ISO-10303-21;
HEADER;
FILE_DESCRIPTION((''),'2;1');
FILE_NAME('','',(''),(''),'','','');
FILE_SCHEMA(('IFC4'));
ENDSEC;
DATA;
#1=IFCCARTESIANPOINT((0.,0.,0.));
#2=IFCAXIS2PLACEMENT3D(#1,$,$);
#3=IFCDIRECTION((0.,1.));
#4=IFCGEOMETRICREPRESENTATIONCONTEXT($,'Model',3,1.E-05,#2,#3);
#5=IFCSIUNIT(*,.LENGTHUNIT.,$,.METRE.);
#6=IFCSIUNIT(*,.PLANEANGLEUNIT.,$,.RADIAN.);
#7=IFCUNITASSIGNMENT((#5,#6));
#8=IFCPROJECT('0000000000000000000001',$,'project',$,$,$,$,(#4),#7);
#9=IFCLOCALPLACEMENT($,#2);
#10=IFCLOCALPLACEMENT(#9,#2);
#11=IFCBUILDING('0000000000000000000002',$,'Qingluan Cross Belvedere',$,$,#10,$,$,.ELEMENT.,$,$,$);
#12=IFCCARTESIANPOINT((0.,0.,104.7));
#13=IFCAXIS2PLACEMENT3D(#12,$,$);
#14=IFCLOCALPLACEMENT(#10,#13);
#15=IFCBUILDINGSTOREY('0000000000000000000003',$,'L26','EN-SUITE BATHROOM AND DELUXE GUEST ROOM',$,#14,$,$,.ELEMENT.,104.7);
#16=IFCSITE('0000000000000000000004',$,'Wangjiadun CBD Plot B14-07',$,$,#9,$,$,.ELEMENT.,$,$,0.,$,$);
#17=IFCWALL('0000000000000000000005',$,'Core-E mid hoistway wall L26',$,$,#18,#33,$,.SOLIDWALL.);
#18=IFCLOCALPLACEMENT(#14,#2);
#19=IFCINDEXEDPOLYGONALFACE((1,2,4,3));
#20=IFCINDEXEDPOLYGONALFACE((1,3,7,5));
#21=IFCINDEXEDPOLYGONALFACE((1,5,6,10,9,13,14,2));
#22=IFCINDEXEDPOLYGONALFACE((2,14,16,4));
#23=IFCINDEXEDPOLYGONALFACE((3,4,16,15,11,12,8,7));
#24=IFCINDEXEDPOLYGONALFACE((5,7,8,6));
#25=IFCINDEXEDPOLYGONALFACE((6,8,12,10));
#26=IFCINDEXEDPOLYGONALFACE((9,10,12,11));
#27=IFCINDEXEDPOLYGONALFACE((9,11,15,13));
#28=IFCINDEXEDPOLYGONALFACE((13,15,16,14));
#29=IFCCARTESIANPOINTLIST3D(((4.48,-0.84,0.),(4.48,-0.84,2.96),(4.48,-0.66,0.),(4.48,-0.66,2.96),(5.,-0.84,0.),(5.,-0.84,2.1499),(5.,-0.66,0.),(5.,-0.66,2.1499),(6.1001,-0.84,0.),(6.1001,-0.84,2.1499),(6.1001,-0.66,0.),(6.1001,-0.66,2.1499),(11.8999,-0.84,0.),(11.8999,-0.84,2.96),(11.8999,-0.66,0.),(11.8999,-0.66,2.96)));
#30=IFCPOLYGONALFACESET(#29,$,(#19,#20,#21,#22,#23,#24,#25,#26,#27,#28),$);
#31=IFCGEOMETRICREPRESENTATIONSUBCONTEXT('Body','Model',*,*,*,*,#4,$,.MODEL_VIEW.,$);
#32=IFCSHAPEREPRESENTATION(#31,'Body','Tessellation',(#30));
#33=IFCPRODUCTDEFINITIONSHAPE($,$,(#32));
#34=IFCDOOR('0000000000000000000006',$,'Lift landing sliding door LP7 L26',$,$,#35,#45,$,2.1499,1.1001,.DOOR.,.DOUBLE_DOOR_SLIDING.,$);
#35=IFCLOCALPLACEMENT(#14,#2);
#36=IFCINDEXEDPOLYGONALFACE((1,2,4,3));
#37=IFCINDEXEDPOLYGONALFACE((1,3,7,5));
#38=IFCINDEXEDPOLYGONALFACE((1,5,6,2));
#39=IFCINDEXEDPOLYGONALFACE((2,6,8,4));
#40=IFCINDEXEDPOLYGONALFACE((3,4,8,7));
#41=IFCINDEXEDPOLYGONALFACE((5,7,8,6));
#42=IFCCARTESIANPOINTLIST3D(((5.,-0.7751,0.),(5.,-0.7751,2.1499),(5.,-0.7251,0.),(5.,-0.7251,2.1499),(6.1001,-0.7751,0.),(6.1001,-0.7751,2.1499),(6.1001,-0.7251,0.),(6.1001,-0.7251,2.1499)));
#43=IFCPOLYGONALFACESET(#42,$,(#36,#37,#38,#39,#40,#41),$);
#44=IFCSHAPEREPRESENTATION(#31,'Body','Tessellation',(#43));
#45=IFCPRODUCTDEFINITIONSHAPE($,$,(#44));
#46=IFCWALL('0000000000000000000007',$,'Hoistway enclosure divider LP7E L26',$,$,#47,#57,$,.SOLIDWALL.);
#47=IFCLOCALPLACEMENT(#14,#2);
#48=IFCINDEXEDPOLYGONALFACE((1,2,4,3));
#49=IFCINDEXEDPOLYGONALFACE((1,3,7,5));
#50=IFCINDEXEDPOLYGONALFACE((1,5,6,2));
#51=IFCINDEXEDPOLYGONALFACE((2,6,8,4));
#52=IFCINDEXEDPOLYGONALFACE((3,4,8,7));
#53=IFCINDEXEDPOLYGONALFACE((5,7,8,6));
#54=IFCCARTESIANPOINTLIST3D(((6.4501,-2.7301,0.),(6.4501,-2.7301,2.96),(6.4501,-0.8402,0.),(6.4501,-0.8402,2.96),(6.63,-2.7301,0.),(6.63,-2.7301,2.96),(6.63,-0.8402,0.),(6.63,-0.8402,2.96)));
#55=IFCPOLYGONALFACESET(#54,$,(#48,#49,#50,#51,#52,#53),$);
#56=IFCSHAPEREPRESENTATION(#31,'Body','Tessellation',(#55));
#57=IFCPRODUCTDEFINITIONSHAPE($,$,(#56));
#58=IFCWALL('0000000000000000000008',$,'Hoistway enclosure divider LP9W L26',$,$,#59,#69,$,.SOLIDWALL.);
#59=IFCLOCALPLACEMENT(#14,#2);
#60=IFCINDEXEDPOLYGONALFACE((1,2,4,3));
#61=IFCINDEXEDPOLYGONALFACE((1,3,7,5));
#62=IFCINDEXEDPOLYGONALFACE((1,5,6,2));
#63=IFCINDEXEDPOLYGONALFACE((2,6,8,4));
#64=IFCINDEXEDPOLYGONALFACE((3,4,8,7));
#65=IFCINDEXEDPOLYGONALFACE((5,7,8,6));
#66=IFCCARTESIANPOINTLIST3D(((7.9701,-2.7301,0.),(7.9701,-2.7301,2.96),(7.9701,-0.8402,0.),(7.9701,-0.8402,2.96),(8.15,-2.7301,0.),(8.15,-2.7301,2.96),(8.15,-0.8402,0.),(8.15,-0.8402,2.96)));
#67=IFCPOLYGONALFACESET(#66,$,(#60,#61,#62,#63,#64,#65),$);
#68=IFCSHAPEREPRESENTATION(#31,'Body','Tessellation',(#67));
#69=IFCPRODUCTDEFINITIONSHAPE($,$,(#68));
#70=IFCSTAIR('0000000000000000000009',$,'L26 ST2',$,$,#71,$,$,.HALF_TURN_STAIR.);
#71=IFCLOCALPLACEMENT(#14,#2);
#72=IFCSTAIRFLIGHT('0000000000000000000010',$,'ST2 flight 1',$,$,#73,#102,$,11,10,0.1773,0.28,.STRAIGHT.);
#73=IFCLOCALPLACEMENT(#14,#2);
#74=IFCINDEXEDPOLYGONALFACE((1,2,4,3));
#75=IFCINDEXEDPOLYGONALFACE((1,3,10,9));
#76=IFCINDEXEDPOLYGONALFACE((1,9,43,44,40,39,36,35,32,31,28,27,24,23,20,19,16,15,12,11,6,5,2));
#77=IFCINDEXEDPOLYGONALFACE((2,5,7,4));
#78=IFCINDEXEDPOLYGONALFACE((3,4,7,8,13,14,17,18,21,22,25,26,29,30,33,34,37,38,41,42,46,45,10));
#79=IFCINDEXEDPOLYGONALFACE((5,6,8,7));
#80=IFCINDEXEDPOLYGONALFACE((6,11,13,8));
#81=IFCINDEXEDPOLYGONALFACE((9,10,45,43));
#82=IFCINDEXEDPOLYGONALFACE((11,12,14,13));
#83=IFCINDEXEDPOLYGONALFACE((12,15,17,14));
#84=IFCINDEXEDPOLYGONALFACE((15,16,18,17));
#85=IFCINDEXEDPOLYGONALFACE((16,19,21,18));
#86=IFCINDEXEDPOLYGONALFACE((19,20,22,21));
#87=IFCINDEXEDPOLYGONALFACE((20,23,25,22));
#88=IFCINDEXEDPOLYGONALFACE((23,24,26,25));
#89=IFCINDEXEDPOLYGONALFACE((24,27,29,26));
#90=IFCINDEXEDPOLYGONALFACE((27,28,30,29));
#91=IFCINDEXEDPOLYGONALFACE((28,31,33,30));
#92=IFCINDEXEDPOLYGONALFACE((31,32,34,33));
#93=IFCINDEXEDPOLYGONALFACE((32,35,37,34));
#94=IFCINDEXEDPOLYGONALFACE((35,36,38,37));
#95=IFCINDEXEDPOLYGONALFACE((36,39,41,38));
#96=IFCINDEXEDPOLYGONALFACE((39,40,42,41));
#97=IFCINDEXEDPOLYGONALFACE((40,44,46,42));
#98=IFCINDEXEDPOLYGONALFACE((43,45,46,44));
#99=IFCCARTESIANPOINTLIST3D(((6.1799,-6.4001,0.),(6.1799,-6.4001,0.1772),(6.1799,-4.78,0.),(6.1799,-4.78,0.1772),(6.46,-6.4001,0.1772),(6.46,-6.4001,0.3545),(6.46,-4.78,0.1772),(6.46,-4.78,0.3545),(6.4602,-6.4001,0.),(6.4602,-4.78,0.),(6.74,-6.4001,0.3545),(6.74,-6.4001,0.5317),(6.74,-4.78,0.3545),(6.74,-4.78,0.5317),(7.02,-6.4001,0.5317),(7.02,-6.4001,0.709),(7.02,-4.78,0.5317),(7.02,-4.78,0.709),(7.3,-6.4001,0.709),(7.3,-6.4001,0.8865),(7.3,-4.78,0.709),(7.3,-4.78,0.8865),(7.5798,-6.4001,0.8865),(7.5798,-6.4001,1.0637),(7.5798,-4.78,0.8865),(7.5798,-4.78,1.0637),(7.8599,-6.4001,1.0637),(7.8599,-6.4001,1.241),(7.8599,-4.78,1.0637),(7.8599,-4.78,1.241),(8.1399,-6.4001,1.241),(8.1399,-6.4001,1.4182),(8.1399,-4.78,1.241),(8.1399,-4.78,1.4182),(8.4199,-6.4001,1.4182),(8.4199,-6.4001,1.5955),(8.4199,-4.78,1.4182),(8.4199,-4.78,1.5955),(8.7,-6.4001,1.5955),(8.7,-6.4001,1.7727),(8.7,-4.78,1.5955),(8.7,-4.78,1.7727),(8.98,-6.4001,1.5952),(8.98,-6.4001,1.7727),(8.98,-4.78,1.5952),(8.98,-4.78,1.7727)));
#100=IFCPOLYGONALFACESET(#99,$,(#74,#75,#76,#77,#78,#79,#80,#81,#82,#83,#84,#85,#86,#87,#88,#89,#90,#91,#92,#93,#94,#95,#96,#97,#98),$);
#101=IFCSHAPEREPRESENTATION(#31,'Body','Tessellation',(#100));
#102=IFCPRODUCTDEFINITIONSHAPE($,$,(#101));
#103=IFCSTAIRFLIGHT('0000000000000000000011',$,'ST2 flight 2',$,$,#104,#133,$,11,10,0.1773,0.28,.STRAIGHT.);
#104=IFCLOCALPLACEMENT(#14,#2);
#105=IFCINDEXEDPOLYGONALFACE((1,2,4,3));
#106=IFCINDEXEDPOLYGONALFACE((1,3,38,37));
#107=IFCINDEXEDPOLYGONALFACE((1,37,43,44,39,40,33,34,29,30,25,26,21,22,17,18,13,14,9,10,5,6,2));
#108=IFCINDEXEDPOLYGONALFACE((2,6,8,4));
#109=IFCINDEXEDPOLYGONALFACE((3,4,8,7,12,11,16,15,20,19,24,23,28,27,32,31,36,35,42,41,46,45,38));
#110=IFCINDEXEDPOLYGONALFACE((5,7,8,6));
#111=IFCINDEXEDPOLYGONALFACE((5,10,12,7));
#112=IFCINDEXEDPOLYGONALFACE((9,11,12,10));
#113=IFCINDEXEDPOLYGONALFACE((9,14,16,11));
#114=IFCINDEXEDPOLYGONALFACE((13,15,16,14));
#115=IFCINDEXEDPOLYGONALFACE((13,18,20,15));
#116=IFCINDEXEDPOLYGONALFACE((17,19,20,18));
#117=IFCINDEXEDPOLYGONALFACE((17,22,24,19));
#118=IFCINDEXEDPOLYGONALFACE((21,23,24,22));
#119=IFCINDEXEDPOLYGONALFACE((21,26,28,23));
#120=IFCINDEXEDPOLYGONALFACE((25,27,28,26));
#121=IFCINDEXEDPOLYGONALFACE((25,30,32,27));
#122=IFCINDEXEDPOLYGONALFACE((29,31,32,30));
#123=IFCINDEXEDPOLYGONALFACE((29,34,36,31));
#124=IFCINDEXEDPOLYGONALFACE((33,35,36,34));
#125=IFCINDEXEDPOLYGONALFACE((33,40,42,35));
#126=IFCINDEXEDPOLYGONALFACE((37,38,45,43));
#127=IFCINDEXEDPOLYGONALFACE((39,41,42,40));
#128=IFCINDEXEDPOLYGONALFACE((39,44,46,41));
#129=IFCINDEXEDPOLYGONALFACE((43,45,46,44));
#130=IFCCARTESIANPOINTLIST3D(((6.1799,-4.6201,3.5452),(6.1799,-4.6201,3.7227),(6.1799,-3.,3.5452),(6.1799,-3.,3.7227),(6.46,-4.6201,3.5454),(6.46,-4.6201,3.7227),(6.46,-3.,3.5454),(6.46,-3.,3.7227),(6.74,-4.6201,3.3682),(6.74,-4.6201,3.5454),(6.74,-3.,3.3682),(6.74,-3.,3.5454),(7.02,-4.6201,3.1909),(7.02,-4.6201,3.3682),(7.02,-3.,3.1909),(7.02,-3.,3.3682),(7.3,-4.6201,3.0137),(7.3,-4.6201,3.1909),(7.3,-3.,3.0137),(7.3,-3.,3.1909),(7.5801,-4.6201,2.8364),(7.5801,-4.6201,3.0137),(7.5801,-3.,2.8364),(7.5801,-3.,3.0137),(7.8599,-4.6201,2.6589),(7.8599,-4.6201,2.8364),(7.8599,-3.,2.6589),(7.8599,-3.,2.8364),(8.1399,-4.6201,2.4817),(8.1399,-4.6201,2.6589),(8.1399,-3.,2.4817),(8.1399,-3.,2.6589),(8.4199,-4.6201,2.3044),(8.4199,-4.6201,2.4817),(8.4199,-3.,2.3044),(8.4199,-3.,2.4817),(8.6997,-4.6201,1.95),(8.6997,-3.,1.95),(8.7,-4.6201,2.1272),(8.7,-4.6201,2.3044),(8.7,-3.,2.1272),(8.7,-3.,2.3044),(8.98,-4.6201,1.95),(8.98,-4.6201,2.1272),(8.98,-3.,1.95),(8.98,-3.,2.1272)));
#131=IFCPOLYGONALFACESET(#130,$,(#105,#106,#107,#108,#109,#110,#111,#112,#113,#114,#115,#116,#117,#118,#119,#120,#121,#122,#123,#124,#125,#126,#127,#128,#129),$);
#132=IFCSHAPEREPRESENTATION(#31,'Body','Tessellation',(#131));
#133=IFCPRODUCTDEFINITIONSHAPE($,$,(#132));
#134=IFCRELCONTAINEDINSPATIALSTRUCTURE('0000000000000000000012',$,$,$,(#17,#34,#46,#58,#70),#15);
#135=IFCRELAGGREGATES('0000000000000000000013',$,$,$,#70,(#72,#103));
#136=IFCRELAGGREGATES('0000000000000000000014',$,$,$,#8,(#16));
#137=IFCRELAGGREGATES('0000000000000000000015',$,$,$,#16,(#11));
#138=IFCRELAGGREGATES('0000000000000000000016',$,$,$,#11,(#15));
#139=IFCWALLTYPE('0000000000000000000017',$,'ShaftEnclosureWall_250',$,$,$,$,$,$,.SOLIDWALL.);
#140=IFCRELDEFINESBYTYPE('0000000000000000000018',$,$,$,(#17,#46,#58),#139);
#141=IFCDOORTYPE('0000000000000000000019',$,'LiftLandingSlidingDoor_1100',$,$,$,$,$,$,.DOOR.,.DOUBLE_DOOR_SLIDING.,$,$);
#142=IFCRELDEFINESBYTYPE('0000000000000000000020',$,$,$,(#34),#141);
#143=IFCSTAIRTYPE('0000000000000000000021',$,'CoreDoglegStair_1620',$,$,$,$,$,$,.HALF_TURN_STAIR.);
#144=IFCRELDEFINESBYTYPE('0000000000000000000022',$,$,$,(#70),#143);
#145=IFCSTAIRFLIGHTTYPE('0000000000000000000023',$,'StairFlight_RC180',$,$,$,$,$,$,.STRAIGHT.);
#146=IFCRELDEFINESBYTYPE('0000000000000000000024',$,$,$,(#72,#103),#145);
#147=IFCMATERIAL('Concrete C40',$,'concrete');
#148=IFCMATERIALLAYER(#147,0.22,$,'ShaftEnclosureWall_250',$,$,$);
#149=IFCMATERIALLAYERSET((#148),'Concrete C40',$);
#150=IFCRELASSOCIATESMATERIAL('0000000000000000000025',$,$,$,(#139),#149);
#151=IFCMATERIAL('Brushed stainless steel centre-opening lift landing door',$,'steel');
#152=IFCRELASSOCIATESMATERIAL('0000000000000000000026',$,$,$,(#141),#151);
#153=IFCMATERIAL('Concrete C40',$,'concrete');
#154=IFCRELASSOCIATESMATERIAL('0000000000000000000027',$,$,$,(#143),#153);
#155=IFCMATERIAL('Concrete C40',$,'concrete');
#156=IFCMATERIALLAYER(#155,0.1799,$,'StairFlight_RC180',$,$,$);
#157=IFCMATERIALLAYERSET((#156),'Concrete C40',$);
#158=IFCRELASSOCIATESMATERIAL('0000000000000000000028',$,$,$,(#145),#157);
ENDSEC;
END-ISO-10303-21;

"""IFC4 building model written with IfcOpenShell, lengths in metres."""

from ifc_helpers import new_model, si_unit, direction, frame, frame_2d, origin, place, context, subcontext, project, spatial, polyline, rectangle, outline, extrude, material, layer, layer_set, type_object, element, fill, aggregate, save


model = new_model("IFC4")

# Units and contexts
model_context = context("Model", 3, precision=1e-05, world=origin(), true_north=direction((0.0, 1.0)))
body_context = subcontext(model_context, "Body", "Model", "MODEL_VIEW")
ifc_project = project(units=[si_unit("LENGTHUNIT", "METRE"), si_unit("PLANEANGLEUNIT", "RADIAN")], contexts=[model_context])

# Site, building, storey
site_placement = place(None, origin())
site = spatial("IfcSite", under=ifc_project, at=site_placement, Name="Wangjiadun CBD Plot B14-07", CompositionType="ELEMENT", RefElevation=0.0)
building_placement = place(site_placement, origin())
building = spatial("IfcBuilding", under=site, at=building_placement, Name="Qingluan Cross Belvedere", CompositionType="ELEMENT")
storey_placement = place(building_placement, frame((0.0, 0.0, 104.7)))
storey = spatial("IfcBuildingStorey", under=building, at=storey_placement, Name="L26", Description="EN-SUITE BATHROOM AND DELUXE GUEST ROOM", CompositionType="ELEMENT", Elevation=104.7)

# Wall, opening, door
ifc_material_1 = material(Name="Concrete C40", Category="concrete")
ifc_layer_1 = layer(ifc_material_1, 0.22, Name="ShaftEnclosureWall_250")
ifc_layer_set_1 = layer_set([ifc_layer_1], Name="Concrete C40")
wall_type_1 = type_object("IfcWallType", Name="ShaftEnclosureWall_250", PredefinedType="SOLIDWALL", material=ifc_layer_set_1)
wall_1_placement = place(storey_placement, frame((4.48, -0.75, 0.0), z_axis=(0.0, 0.0, 1.0), x_axis=(1.0, 0.0, 0.0)))
wall_1 = element("IfcWall", 1, at=wall_1_placement, inside=storey, type_object=wall_type_1, Name="Core-E mid hoistway wall L26", PredefinedType="SOLIDWALL", context=body_context, shape_type="SweptSolid", body=[
    extrude(rectangle(XDim=7.4199, YDim=0.1799, at=frame_2d((3.71, 0.0))), origin(), (0.0, 0.0, 1.0), 2.96),
])
opening_1_placement = place(wall_1_placement, frame((0.52, 0.0, 0.0)))
opening_1 = element("IfcOpeningElement", 2, at=opening_1_placement, cuts=wall_1, PredefinedType="OPENING", context=body_context, shape_type="SweptSolid", body=[
    extrude(rectangle(XDim=1.1001, YDim=2.1499, at=frame_2d((0.55, 1.075))), frame((0.0, 0.0999, 0.0), z_axis=(0.0, -1.0, 0.0), x_axis=(1.0, 0.0, 0.0)), (0.0, 0.0, 1.0), 0.2),
])
ifc_material_2 = material(Name="Brushed stainless steel centre-opening lift landing door", Category="steel")
door_type_1 = type_object("IfcDoorType", Name="LiftLandingSlidingDoor_1100", OperationType="DOUBLE_DOOR_SLIDING", PredefinedType="DOOR", material=ifc_material_2)
door_1_placement = place(opening_1_placement, origin())
door_1 = element("IfcDoor", 3, at=door_1_placement, inside=storey, type_object=door_type_1, Name="Lift landing sliding door LP7 L26", OperationType="DOUBLE_DOOR_SLIDING", OverallHeight=2.1499, OverallWidth=1.1001, PredefinedType="DOOR", context=body_context, shape_type="SweptSolid", body=[
    extrude(rectangle(XDim=1.1001, YDim=2.1499, at=frame_2d((0.55, 1.075))), frame((0.0, 0.0249, 0.0), z_axis=(0.0, -1.0, 0.0), x_axis=(1.0, 0.0, 0.0)), (0.0, 0.0, 1.0), 0.05),
])
fill(opening_1, door_1)

# Walls
for number, where, z_axis, x_axis, name in (
    (4, (6.54, -2.73, 0.0), (0.0, 0.0, 1.0), (0.0, 1.0, 0.0), "Hoistway enclosure divider LP7E L26"),
    (5, (8.0601, -2.73, 0.0), (0.0, 0.0, 1.0), (0.0, 1.0, 0.0), "Hoistway enclosure divider LP9W L26"),
):
    element("IfcWall", number, at=place(storey_placement, frame(where, z_axis=z_axis, x_axis=x_axis)), inside=storey, type_object=wall_type_1, Name=name, PredefinedType="SOLIDWALL", context=body_context, shape_type="SweptSolid", body=[
        extrude(rectangle(XDim=1.8899, YDim=0.1799, at=frame_2d((0.9448, 0.0))), origin(), (0.0, 0.0, 1.0), 2.96),
    ])

# Stair, stair flights
ifc_material_3 = material(Name="Concrete C40", Category="concrete")
stair_type = type_object("IfcStairType", Name="CoreDoglegStair_1620", PredefinedType="HALF_TURN_STAIR", material=ifc_material_3)
stair_placement = place(storey_placement, origin())
stair = element("IfcStair", 6, at=stair_placement, inside=storey, type_object=stair_type, Name="L26 ST2", PredefinedType="HALF_TURN_STAIR")
ifc_material_4 = material(Name="Concrete C40", Category="concrete")
ifc_layer_2 = layer(ifc_material_4, 0.1799, Name="StairFlight_RC180")
ifc_layer_set_2 = layer_set([ifc_layer_2], Name="Concrete C40")
stair_flight_type = type_object("IfcStairFlightType", Name="StairFlight_RC180", PredefinedType="STRAIGHT", material=ifc_layer_set_2)
stair_flight_1_placement = place(storey_placement, frame((6.1799, -5.5901, 0.0), z_axis=(0.0, 0.0, 1.0), x_axis=(1.0, 0.0, 0.0)))
stair_flight_1 = element("IfcStairFlight", 7, at=stair_flight_1_placement, type_object=stair_flight_type, Name="ST2 flight 1", NumberOfRisers=11, NumberOfTreads=10, PredefinedType="STRAIGHT", RiserHeight=0.1773, TreadLength=0.28, context=body_context, shape_type="SweptSolid", body=[
    extrude(outline(polyline([(0.0, 0.0), (0.0, 0.1772), (0.28, 0.1772), (0.28, 0.3545), (0.5601, 0.3545), (0.5601, 0.5317), (0.8401, 0.5317), (0.8401, 0.709), (1.1201, 0.709), (1.1201, 0.8865), (1.3999, 0.8865), (1.3999, 1.0637), (1.6799, 1.0637), (1.6799, 1.241), (1.96, 1.241), (1.96, 1.4182), (2.24, 1.4182), (2.24, 1.5955), (2.52, 1.5955), (2.52, 1.7727), (2.8, 1.7727), (2.8, 1.95), (2.8, 1.5952), (0.2803, 0.0), (0.0, 0.0)])), frame((0.0, 0.8101, 0.0), z_axis=(0.0, -1.0, 0.0), x_axis=(1.0, 0.0, 0.0)), (0.0, 0.0, 1.0), 1.6201),
])
stair_flight_2_placement = place(storey_placement, frame((8.98, -3.8101, 1.95), z_axis=(0.0, 0.0, 1.0), x_axis=(-1.0, 0.0, 0.0)))
stair_flight_2 = element("IfcStairFlight", 8, at=stair_flight_2_placement, type_object=stair_flight_type, Name="ST2 flight 2", NumberOfRisers=11, NumberOfTreads=10, PredefinedType="STRAIGHT", RiserHeight=0.1773, TreadLength=0.28, context=body_context, shape_type="SweptSolid", body=[
    extrude(outline(polyline([(0.0, 0.0), (0.0, 0.1772), (0.28, 0.1772), (0.28, 0.3545), (0.5601, 0.3545), (0.5601, 0.5317), (0.8401, 0.5317), (0.8401, 0.709), (1.1201, 0.709), (1.1201, 0.8865), (1.3999, 0.8865), (1.3999, 1.0637), (1.6799, 1.0637), (1.6799, 1.241), (1.96, 1.241), (1.96, 1.4182), (2.24, 1.4182), (2.24, 1.5955), (2.52, 1.5955), (2.52, 1.7727), (2.8, 1.7727), (2.8, 1.95), (2.8, 1.5952), (0.2803, 0.0), (0.0, 0.0)])), frame((0.0, 0.8101, 0.0), z_axis=(0.0, -1.0, 0.0), x_axis=(1.0, 0.0, 0.0)), (0.0, 0.0, 1.0), 1.6201),
])
aggregate(stair, [stair_flight_1, stair_flight_2])

save(model, "model.ifc")
